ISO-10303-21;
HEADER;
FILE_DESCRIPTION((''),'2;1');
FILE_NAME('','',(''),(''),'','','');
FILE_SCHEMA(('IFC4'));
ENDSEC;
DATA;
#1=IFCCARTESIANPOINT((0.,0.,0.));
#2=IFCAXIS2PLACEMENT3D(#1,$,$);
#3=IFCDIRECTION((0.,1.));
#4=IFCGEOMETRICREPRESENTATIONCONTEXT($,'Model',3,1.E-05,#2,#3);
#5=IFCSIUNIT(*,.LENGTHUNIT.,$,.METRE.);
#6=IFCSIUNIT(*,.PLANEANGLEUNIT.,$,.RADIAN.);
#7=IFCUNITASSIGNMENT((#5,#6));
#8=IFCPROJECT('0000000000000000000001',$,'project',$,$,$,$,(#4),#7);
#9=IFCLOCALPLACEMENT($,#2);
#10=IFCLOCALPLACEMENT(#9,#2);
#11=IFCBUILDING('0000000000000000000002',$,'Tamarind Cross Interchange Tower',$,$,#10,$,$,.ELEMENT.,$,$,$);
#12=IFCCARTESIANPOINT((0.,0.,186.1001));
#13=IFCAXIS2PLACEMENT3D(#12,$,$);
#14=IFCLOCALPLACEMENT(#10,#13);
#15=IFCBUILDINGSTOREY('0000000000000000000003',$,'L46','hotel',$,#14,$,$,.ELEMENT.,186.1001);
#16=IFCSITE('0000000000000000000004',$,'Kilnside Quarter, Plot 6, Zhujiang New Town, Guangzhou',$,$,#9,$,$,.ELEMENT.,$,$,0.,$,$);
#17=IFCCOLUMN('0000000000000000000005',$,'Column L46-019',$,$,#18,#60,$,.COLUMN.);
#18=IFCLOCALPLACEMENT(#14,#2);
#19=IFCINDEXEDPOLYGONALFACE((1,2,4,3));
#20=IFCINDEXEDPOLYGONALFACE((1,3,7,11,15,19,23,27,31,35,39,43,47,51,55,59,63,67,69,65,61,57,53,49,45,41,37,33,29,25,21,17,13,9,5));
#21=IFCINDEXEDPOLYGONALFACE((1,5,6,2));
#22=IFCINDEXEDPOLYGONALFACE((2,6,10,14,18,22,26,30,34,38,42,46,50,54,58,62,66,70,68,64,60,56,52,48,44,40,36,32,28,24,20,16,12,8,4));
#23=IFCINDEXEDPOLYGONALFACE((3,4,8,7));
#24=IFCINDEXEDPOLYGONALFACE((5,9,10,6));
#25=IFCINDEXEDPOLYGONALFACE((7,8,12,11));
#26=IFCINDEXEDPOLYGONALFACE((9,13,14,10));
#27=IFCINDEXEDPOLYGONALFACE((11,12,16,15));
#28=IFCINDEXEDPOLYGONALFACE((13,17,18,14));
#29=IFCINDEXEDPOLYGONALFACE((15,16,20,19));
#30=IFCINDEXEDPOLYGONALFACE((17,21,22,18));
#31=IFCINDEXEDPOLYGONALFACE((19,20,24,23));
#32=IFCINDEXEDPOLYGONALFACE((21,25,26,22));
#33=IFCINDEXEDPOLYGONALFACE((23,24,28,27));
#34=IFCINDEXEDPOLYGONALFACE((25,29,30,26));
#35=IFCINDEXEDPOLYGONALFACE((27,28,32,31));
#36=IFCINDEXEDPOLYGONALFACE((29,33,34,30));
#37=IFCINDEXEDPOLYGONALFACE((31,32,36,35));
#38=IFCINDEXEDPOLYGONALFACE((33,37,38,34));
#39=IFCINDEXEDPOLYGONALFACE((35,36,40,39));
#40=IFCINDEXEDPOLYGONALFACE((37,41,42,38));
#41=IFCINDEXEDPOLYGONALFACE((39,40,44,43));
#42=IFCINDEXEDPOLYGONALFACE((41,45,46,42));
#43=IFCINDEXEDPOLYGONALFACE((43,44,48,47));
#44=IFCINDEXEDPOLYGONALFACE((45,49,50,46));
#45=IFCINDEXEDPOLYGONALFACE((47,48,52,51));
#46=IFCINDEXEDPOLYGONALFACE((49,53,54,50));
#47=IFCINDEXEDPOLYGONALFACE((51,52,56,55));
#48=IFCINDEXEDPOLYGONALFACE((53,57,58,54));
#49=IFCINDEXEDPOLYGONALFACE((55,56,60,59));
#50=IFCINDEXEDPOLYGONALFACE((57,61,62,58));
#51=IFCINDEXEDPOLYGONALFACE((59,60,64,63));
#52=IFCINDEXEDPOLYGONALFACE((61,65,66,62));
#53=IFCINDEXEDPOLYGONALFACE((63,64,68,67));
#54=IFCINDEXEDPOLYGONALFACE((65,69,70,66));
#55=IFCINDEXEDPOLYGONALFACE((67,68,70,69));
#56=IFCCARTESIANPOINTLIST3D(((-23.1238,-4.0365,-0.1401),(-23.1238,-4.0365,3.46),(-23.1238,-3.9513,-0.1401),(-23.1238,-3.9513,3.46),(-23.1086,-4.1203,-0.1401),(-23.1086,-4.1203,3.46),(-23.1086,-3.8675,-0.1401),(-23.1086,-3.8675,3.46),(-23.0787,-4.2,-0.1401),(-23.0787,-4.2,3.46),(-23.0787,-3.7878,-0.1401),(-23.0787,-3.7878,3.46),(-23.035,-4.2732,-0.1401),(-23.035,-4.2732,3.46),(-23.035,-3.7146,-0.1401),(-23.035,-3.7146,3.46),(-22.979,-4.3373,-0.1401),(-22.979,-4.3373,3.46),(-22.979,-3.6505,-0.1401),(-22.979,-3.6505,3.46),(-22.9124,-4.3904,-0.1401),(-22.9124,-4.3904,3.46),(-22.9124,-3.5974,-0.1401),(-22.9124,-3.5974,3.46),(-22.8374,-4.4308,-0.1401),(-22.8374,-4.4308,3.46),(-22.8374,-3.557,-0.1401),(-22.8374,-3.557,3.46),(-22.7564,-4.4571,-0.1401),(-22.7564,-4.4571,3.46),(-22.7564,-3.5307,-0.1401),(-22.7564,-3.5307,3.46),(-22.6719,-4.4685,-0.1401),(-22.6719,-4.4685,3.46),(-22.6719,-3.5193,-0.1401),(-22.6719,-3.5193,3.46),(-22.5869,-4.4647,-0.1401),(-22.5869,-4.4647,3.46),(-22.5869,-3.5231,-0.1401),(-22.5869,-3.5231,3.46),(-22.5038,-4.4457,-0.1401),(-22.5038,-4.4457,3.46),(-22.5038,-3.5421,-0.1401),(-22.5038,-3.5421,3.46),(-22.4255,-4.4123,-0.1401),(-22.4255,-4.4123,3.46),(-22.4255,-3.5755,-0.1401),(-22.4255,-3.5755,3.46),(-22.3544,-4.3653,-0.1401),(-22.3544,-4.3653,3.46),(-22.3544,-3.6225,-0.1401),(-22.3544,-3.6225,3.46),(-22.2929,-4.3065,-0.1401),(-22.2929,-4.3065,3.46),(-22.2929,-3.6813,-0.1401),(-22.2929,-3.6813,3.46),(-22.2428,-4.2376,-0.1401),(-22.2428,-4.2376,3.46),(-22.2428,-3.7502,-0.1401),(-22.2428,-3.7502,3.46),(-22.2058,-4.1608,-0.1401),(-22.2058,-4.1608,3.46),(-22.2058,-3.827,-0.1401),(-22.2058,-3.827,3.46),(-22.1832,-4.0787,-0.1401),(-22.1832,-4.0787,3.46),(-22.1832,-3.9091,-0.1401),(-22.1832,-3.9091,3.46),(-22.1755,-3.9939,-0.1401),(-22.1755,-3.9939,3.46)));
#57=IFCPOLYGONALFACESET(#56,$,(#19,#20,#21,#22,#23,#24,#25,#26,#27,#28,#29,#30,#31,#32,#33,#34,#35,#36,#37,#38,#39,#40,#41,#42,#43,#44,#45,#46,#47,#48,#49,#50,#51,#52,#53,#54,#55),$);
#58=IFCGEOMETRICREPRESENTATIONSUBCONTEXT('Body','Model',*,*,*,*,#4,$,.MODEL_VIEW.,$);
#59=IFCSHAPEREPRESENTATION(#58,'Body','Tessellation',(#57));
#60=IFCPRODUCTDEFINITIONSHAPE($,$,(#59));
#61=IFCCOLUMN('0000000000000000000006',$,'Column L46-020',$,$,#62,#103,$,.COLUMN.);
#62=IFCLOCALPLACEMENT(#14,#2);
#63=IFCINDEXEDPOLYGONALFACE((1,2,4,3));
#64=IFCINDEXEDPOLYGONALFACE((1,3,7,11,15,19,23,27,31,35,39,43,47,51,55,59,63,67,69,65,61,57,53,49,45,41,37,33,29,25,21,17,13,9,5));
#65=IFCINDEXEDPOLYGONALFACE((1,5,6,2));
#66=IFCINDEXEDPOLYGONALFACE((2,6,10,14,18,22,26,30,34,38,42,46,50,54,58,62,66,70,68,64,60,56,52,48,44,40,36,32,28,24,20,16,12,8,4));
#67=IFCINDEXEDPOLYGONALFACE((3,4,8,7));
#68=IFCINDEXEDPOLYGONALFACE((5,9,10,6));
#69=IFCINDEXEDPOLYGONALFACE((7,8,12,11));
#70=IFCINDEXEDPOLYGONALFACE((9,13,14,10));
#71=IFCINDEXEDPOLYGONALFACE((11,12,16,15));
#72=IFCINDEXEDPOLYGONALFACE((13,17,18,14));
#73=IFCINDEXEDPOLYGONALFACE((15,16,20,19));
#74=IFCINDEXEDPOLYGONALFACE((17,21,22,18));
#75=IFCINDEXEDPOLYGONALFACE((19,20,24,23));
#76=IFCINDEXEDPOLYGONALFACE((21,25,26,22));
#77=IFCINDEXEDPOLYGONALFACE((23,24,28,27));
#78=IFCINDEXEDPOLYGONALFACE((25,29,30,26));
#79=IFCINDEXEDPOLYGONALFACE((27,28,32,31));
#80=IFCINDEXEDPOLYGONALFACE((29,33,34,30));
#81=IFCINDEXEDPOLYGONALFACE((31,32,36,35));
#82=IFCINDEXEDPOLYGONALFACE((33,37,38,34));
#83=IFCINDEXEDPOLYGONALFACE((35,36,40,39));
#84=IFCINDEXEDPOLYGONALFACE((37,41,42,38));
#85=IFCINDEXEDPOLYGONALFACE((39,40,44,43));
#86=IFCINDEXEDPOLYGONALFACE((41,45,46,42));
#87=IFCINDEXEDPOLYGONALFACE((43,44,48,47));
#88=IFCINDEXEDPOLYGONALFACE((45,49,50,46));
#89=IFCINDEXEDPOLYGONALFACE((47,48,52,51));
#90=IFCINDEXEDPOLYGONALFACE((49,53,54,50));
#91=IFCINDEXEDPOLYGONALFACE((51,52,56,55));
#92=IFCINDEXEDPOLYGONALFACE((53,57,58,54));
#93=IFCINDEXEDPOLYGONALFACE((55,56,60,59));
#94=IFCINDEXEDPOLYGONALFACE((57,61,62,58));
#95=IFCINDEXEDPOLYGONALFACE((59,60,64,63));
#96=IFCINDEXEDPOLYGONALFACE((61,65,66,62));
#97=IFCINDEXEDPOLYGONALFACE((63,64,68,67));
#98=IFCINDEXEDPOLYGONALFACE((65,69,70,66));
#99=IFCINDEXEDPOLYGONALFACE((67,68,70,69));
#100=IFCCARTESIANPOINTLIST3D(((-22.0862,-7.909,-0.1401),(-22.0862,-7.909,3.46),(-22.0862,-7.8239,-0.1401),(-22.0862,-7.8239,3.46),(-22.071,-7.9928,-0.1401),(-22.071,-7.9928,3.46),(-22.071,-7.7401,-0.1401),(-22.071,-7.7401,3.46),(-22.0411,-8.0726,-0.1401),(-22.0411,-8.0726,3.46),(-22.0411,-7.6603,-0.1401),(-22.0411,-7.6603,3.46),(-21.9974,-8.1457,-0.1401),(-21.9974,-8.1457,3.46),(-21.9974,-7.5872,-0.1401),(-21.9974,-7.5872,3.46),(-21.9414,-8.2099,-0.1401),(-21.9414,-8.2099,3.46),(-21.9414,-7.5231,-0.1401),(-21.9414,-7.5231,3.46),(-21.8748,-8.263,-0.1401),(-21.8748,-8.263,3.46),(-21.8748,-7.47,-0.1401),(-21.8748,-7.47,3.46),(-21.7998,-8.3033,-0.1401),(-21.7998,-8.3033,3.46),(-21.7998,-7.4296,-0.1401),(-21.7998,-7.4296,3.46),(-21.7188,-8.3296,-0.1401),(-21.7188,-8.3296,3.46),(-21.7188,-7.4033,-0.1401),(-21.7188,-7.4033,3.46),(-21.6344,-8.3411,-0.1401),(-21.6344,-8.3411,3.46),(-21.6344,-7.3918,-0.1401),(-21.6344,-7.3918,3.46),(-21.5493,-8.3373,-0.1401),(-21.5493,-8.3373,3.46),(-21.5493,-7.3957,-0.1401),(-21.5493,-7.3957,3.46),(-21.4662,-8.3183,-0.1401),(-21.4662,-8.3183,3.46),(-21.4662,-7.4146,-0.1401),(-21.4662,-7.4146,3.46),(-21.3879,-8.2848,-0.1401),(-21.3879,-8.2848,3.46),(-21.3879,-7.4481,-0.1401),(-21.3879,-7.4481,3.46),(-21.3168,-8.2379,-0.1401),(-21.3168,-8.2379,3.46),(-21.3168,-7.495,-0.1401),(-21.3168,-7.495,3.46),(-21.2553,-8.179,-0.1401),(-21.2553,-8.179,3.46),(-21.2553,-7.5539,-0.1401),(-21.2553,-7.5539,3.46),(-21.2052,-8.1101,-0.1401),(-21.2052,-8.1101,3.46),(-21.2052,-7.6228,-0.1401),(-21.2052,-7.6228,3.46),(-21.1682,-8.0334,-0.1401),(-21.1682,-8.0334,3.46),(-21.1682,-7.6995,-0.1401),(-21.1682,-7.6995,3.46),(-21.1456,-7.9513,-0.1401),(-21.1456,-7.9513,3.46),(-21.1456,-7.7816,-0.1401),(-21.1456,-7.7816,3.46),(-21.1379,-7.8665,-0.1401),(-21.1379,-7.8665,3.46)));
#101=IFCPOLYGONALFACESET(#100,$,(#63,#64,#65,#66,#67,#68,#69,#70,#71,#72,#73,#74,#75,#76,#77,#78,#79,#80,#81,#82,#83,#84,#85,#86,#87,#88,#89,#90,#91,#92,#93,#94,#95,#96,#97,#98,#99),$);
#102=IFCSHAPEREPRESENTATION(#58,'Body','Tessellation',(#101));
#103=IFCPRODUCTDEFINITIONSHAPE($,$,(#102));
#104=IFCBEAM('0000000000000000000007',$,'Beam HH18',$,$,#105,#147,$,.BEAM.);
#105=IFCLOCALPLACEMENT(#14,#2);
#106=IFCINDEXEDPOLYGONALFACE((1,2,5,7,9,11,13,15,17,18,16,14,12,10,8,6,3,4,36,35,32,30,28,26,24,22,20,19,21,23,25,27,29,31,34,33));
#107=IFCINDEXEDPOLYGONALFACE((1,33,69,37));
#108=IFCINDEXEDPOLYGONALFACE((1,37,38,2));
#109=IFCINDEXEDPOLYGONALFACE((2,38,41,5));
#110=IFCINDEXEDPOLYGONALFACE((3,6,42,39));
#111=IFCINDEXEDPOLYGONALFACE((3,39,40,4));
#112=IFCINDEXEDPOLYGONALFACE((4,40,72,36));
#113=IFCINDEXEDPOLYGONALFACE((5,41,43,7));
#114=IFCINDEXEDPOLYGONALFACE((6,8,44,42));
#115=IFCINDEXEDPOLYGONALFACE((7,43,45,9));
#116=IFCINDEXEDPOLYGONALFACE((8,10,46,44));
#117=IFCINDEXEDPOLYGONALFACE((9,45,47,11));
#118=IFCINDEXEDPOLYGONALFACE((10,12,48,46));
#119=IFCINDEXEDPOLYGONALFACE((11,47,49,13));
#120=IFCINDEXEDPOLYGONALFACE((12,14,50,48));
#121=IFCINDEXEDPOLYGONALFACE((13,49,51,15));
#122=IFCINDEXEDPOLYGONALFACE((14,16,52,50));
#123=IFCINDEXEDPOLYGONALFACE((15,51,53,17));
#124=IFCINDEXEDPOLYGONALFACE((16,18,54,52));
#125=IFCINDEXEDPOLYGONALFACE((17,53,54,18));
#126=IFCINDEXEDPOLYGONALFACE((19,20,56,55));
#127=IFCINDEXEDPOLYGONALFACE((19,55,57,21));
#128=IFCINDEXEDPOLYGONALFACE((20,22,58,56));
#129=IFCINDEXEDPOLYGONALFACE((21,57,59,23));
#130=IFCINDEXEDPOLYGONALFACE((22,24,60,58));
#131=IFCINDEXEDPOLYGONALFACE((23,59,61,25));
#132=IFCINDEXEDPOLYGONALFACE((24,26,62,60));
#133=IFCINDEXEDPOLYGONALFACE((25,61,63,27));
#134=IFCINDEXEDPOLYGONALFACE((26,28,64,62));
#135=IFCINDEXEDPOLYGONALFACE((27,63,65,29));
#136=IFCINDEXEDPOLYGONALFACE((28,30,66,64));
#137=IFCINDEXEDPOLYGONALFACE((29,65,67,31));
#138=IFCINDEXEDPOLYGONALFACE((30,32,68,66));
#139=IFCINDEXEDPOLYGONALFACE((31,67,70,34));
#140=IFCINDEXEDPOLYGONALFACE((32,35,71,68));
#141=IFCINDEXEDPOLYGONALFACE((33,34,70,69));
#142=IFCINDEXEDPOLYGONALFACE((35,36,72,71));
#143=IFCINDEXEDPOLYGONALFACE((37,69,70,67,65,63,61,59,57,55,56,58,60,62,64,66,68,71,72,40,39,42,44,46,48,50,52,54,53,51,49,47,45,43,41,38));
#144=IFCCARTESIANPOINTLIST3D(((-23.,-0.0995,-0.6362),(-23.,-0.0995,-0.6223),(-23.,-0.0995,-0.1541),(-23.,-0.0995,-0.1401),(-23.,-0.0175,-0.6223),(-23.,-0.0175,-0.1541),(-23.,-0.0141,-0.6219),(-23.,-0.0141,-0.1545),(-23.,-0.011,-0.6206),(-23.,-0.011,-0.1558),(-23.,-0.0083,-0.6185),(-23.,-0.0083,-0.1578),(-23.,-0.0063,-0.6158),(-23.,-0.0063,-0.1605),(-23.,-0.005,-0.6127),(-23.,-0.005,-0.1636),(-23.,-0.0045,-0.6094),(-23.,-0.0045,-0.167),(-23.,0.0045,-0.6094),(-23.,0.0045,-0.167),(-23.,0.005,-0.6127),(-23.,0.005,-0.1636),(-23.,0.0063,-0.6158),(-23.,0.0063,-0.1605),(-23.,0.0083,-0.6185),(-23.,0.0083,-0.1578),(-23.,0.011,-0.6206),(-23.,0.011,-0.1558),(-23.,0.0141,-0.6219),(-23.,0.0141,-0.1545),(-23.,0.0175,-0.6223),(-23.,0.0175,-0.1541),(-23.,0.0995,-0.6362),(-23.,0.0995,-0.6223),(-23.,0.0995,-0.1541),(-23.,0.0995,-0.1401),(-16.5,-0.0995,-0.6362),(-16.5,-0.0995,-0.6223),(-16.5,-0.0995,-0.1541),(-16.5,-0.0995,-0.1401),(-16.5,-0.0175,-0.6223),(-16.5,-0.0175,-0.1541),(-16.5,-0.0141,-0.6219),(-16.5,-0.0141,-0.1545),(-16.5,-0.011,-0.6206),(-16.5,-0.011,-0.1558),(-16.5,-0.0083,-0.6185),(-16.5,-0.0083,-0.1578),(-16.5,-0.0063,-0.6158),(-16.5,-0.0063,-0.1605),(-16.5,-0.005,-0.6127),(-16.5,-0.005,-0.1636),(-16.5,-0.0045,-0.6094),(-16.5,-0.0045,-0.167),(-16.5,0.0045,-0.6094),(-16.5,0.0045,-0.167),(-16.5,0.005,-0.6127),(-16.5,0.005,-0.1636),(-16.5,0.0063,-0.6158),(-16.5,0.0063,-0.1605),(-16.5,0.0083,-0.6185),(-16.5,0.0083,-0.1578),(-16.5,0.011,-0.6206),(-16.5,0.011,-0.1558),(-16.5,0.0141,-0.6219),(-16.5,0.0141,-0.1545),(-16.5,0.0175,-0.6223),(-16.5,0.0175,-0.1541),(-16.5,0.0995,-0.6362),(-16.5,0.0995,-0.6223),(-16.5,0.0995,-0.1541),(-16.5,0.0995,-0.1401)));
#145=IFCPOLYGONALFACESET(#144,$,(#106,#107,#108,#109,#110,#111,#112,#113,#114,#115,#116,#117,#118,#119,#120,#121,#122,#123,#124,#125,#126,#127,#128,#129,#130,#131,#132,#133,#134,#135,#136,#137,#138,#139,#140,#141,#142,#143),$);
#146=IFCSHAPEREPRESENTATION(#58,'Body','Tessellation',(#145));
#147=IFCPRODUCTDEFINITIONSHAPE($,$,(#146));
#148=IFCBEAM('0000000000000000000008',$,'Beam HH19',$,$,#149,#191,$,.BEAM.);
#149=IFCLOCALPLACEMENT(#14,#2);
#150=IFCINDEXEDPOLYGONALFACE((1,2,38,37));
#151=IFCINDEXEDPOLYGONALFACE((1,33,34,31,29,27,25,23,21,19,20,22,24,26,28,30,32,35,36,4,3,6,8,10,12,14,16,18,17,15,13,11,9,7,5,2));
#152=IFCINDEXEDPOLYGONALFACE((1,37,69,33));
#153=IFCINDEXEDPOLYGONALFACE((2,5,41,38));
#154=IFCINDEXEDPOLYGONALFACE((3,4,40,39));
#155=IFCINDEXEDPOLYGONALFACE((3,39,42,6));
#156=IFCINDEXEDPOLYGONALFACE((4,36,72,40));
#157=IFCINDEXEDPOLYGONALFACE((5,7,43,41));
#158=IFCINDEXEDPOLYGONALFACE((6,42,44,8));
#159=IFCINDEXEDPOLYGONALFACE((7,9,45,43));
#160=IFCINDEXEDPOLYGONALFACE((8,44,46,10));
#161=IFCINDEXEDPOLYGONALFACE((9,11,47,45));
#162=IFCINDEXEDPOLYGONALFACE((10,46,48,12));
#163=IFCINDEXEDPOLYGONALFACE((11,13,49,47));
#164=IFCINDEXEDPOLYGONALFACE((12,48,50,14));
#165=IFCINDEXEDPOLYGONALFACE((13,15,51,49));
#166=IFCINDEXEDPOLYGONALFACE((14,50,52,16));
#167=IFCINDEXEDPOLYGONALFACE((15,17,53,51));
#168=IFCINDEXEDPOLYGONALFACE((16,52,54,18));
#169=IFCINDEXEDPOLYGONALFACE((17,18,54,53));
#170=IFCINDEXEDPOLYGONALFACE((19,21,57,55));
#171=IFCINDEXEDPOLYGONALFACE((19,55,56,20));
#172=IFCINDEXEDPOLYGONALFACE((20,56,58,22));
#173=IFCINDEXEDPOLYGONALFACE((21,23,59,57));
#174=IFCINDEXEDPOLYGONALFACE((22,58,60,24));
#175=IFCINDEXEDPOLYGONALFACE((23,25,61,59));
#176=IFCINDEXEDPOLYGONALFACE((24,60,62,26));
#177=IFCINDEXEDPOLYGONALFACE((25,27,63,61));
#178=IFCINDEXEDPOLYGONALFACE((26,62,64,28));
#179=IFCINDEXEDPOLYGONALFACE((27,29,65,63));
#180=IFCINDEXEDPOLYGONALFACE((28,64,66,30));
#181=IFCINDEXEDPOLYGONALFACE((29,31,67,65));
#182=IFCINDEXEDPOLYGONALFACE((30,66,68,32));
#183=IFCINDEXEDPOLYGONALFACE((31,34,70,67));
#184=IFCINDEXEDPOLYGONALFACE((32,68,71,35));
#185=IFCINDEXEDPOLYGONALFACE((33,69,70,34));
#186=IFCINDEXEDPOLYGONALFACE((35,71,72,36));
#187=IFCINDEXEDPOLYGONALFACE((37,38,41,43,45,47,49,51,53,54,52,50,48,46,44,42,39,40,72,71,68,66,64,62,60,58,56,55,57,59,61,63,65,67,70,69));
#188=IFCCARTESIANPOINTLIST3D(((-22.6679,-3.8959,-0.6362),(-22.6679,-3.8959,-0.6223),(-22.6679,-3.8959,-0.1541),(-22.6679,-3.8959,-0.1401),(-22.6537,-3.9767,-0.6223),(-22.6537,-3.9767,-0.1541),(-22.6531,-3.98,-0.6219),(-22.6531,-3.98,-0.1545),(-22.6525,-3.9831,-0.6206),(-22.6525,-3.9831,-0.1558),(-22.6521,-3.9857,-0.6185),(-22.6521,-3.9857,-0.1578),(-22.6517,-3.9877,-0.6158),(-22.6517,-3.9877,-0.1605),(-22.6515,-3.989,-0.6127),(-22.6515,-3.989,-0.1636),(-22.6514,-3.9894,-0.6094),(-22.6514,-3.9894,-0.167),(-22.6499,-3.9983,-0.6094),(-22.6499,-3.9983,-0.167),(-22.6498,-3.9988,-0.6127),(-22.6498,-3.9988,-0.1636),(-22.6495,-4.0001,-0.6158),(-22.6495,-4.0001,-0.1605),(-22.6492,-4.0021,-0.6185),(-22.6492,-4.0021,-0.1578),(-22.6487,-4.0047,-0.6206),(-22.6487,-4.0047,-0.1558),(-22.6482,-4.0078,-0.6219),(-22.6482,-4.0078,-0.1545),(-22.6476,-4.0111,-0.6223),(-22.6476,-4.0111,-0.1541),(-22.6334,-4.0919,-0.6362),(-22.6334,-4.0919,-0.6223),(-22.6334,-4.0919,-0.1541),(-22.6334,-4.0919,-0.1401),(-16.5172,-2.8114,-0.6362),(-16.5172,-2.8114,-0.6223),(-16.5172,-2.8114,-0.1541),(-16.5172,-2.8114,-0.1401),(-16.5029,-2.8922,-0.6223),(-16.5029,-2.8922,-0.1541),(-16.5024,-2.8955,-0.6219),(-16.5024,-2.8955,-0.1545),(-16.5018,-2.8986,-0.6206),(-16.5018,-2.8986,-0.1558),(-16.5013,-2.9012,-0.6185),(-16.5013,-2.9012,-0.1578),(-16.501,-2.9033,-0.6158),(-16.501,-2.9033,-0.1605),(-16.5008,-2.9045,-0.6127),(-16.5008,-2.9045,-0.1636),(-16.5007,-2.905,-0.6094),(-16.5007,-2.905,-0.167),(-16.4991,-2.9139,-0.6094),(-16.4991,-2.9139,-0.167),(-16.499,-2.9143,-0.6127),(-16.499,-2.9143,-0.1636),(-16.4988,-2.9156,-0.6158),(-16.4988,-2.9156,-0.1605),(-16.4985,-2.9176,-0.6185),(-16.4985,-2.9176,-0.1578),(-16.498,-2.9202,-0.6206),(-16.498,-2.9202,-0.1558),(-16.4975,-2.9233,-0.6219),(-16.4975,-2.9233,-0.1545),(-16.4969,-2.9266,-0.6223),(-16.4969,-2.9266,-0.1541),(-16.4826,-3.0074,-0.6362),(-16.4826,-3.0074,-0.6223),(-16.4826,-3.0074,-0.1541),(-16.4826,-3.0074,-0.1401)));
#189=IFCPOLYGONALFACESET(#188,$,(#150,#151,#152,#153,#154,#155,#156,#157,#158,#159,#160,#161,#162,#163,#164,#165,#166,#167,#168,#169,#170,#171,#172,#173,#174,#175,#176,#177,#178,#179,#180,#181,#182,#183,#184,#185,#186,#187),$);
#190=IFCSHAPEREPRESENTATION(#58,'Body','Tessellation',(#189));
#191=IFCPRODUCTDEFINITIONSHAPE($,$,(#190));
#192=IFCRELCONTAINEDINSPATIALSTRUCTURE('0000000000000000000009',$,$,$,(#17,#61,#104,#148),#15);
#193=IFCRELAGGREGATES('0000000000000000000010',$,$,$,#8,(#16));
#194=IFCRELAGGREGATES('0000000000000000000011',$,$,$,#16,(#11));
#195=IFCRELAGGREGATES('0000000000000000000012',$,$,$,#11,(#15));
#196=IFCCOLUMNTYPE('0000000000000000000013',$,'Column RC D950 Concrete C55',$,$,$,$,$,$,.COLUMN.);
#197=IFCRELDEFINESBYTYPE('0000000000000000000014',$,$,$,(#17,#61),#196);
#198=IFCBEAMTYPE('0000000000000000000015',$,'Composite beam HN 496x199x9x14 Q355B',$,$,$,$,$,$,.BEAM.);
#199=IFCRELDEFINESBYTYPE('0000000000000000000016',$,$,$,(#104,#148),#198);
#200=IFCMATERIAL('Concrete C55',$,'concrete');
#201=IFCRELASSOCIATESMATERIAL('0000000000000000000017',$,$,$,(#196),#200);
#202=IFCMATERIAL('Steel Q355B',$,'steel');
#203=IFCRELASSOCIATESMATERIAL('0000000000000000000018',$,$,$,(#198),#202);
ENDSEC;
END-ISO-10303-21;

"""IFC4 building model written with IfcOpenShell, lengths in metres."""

from ifc_helpers import new_model, si_unit, direction, frame, origin, origin_2d, place, context, subcontext, project, spatial, circle, i_section, extrude, material, material_profile, profile_set, type_object, element, save


model = new_model("IFC4")

# Units and contexts
model_context = context("Model", 3, precision=1e-05, world=origin(), true_north=direction((0.0, 1.0)))
body_context = subcontext(model_context, "Body", "Model", "MODEL_VIEW")
ifc_project = project(units=[si_unit("LENGTHUNIT", "METRE"), si_unit("PLANEANGLEUNIT", "RADIAN")], contexts=[model_context])

# Site, building, storey
site_placement = place(None, origin())
site = spatial("IfcSite", under=ifc_project, at=site_placement, Name="Kilnside Quarter, Plot 6, Zhujiang New Town, Guangzhou", CompositionType="ELEMENT", RefElevation=0.0)
building_placement = place(site_placement, origin())
building = spatial("IfcBuilding", under=site, at=building_placement, Name="Tamarind Cross Interchange Tower", CompositionType="ELEMENT")
storey_placement = place(building_placement, frame((0.0, 0.0, 186.1001)))
storey = spatial("IfcBuildingStorey", under=building, at=storey_placement, Name="L46", Description="hotel", CompositionType="ELEMENT", Elevation=186.1001)

# Columns
ifc_material_1 = material(Name="Concrete C55", Category="concrete")
ifc_material_profile_1 = material_profile(ifc_material_1, circle(Radius=0.4751, at=origin_2d()), Name="RC D950")
ifc_profile_set_1 = profile_set([ifc_material_profile_1], Name="Concrete C55")
column_type = type_object("IfcColumnType", Name="Column RC D950 Concrete C55", PredefinedType="COLUMN", material=ifc_profile_set_1)
for number, where, z_axis, x_axis, name in (
    (1, (-22.6506, -3.9939, -0.1401), (0.0, 0.0, 1.0), (1.0, 0.0, 0.0), "Column L46-019"),
    (2, (-21.613, -7.8665, -0.1401), (0.0, 0.0, 1.0), (1.0, 0.0, 0.0), "Column L46-020"),
):
    element("IfcColumn", number, at=place(storey_placement, frame(where, z_axis=z_axis, x_axis=x_axis)), inside=storey, type_object=column_type, Name=name, PredefinedType="COLUMN", context=body_context, shape_type="SweptSolid", body=[
        extrude(circle(Radius=0.4751, at=origin_2d()), origin(), (0.0, 0.0, 1.0), 3.6001),
    ])

# Beams
ifc_material_2 = material(Name="Steel Q355B", Category="steel")
ifc_material_profile_2 = material_profile(ifc_material_2, i_section(OverallWidth=0.199, OverallDepth=0.4961, WebThickness=0.009, FlangeThickness=0.0139, FilletRadius=0.0129, at=origin_2d()), Name="HN 496x199x9x14")
ifc_profile_set_2 = profile_set([ifc_material_profile_2], Name="Steel Q355B")
beam_type = type_object("IfcBeamType", Name="Composite beam HN 496x199x9x14 Q355B", PredefinedType="BEAM", material=ifc_profile_set_2)
beam_1_placement = place(storey_placement, frame((-23.0, 0.0, -0.3882), z_axis=(1.0, 0.0, 0.0), x_axis=(0.0, 1.0, 0.0)))
element("IfcBeam", 3, at=beam_1_placement, inside=storey, type_object=beam_type, Name="Beam HH18", PredefinedType="BEAM", context=body_context, shape_type="SweptSolid", body=[
    extrude(i_section(OverallWidth=0.199, OverallDepth=0.4961, WebThickness=0.009, FlangeThickness=0.0139, FilletRadius=0.0129, at=origin_2d()), origin(), (0.0, 0.0, 1.0), 6.5),
])
beam_2_placement = place(storey_placement, frame((-22.6506, -3.9939, -0.3882), z_axis=(0.984809, 0.17364, 0.0), x_axis=(-0.17364, 0.984809, 0.0)))
element("IfcBeam", 4, at=beam_2_placement, inside=storey, type_object=beam_type, Name="Beam HH19", PredefinedType="BEAM", context=body_context, shape_type="SweptSolid", body=[
    extrude(i_section(OverallWidth=0.199, OverallDepth=0.4961, WebThickness=0.009, FlangeThickness=0.0139, FilletRadius=0.0129, at=origin_2d()), origin(), (0.0, 0.0, 1.0), 6.2456),
])

save(model, "model.ifc")
